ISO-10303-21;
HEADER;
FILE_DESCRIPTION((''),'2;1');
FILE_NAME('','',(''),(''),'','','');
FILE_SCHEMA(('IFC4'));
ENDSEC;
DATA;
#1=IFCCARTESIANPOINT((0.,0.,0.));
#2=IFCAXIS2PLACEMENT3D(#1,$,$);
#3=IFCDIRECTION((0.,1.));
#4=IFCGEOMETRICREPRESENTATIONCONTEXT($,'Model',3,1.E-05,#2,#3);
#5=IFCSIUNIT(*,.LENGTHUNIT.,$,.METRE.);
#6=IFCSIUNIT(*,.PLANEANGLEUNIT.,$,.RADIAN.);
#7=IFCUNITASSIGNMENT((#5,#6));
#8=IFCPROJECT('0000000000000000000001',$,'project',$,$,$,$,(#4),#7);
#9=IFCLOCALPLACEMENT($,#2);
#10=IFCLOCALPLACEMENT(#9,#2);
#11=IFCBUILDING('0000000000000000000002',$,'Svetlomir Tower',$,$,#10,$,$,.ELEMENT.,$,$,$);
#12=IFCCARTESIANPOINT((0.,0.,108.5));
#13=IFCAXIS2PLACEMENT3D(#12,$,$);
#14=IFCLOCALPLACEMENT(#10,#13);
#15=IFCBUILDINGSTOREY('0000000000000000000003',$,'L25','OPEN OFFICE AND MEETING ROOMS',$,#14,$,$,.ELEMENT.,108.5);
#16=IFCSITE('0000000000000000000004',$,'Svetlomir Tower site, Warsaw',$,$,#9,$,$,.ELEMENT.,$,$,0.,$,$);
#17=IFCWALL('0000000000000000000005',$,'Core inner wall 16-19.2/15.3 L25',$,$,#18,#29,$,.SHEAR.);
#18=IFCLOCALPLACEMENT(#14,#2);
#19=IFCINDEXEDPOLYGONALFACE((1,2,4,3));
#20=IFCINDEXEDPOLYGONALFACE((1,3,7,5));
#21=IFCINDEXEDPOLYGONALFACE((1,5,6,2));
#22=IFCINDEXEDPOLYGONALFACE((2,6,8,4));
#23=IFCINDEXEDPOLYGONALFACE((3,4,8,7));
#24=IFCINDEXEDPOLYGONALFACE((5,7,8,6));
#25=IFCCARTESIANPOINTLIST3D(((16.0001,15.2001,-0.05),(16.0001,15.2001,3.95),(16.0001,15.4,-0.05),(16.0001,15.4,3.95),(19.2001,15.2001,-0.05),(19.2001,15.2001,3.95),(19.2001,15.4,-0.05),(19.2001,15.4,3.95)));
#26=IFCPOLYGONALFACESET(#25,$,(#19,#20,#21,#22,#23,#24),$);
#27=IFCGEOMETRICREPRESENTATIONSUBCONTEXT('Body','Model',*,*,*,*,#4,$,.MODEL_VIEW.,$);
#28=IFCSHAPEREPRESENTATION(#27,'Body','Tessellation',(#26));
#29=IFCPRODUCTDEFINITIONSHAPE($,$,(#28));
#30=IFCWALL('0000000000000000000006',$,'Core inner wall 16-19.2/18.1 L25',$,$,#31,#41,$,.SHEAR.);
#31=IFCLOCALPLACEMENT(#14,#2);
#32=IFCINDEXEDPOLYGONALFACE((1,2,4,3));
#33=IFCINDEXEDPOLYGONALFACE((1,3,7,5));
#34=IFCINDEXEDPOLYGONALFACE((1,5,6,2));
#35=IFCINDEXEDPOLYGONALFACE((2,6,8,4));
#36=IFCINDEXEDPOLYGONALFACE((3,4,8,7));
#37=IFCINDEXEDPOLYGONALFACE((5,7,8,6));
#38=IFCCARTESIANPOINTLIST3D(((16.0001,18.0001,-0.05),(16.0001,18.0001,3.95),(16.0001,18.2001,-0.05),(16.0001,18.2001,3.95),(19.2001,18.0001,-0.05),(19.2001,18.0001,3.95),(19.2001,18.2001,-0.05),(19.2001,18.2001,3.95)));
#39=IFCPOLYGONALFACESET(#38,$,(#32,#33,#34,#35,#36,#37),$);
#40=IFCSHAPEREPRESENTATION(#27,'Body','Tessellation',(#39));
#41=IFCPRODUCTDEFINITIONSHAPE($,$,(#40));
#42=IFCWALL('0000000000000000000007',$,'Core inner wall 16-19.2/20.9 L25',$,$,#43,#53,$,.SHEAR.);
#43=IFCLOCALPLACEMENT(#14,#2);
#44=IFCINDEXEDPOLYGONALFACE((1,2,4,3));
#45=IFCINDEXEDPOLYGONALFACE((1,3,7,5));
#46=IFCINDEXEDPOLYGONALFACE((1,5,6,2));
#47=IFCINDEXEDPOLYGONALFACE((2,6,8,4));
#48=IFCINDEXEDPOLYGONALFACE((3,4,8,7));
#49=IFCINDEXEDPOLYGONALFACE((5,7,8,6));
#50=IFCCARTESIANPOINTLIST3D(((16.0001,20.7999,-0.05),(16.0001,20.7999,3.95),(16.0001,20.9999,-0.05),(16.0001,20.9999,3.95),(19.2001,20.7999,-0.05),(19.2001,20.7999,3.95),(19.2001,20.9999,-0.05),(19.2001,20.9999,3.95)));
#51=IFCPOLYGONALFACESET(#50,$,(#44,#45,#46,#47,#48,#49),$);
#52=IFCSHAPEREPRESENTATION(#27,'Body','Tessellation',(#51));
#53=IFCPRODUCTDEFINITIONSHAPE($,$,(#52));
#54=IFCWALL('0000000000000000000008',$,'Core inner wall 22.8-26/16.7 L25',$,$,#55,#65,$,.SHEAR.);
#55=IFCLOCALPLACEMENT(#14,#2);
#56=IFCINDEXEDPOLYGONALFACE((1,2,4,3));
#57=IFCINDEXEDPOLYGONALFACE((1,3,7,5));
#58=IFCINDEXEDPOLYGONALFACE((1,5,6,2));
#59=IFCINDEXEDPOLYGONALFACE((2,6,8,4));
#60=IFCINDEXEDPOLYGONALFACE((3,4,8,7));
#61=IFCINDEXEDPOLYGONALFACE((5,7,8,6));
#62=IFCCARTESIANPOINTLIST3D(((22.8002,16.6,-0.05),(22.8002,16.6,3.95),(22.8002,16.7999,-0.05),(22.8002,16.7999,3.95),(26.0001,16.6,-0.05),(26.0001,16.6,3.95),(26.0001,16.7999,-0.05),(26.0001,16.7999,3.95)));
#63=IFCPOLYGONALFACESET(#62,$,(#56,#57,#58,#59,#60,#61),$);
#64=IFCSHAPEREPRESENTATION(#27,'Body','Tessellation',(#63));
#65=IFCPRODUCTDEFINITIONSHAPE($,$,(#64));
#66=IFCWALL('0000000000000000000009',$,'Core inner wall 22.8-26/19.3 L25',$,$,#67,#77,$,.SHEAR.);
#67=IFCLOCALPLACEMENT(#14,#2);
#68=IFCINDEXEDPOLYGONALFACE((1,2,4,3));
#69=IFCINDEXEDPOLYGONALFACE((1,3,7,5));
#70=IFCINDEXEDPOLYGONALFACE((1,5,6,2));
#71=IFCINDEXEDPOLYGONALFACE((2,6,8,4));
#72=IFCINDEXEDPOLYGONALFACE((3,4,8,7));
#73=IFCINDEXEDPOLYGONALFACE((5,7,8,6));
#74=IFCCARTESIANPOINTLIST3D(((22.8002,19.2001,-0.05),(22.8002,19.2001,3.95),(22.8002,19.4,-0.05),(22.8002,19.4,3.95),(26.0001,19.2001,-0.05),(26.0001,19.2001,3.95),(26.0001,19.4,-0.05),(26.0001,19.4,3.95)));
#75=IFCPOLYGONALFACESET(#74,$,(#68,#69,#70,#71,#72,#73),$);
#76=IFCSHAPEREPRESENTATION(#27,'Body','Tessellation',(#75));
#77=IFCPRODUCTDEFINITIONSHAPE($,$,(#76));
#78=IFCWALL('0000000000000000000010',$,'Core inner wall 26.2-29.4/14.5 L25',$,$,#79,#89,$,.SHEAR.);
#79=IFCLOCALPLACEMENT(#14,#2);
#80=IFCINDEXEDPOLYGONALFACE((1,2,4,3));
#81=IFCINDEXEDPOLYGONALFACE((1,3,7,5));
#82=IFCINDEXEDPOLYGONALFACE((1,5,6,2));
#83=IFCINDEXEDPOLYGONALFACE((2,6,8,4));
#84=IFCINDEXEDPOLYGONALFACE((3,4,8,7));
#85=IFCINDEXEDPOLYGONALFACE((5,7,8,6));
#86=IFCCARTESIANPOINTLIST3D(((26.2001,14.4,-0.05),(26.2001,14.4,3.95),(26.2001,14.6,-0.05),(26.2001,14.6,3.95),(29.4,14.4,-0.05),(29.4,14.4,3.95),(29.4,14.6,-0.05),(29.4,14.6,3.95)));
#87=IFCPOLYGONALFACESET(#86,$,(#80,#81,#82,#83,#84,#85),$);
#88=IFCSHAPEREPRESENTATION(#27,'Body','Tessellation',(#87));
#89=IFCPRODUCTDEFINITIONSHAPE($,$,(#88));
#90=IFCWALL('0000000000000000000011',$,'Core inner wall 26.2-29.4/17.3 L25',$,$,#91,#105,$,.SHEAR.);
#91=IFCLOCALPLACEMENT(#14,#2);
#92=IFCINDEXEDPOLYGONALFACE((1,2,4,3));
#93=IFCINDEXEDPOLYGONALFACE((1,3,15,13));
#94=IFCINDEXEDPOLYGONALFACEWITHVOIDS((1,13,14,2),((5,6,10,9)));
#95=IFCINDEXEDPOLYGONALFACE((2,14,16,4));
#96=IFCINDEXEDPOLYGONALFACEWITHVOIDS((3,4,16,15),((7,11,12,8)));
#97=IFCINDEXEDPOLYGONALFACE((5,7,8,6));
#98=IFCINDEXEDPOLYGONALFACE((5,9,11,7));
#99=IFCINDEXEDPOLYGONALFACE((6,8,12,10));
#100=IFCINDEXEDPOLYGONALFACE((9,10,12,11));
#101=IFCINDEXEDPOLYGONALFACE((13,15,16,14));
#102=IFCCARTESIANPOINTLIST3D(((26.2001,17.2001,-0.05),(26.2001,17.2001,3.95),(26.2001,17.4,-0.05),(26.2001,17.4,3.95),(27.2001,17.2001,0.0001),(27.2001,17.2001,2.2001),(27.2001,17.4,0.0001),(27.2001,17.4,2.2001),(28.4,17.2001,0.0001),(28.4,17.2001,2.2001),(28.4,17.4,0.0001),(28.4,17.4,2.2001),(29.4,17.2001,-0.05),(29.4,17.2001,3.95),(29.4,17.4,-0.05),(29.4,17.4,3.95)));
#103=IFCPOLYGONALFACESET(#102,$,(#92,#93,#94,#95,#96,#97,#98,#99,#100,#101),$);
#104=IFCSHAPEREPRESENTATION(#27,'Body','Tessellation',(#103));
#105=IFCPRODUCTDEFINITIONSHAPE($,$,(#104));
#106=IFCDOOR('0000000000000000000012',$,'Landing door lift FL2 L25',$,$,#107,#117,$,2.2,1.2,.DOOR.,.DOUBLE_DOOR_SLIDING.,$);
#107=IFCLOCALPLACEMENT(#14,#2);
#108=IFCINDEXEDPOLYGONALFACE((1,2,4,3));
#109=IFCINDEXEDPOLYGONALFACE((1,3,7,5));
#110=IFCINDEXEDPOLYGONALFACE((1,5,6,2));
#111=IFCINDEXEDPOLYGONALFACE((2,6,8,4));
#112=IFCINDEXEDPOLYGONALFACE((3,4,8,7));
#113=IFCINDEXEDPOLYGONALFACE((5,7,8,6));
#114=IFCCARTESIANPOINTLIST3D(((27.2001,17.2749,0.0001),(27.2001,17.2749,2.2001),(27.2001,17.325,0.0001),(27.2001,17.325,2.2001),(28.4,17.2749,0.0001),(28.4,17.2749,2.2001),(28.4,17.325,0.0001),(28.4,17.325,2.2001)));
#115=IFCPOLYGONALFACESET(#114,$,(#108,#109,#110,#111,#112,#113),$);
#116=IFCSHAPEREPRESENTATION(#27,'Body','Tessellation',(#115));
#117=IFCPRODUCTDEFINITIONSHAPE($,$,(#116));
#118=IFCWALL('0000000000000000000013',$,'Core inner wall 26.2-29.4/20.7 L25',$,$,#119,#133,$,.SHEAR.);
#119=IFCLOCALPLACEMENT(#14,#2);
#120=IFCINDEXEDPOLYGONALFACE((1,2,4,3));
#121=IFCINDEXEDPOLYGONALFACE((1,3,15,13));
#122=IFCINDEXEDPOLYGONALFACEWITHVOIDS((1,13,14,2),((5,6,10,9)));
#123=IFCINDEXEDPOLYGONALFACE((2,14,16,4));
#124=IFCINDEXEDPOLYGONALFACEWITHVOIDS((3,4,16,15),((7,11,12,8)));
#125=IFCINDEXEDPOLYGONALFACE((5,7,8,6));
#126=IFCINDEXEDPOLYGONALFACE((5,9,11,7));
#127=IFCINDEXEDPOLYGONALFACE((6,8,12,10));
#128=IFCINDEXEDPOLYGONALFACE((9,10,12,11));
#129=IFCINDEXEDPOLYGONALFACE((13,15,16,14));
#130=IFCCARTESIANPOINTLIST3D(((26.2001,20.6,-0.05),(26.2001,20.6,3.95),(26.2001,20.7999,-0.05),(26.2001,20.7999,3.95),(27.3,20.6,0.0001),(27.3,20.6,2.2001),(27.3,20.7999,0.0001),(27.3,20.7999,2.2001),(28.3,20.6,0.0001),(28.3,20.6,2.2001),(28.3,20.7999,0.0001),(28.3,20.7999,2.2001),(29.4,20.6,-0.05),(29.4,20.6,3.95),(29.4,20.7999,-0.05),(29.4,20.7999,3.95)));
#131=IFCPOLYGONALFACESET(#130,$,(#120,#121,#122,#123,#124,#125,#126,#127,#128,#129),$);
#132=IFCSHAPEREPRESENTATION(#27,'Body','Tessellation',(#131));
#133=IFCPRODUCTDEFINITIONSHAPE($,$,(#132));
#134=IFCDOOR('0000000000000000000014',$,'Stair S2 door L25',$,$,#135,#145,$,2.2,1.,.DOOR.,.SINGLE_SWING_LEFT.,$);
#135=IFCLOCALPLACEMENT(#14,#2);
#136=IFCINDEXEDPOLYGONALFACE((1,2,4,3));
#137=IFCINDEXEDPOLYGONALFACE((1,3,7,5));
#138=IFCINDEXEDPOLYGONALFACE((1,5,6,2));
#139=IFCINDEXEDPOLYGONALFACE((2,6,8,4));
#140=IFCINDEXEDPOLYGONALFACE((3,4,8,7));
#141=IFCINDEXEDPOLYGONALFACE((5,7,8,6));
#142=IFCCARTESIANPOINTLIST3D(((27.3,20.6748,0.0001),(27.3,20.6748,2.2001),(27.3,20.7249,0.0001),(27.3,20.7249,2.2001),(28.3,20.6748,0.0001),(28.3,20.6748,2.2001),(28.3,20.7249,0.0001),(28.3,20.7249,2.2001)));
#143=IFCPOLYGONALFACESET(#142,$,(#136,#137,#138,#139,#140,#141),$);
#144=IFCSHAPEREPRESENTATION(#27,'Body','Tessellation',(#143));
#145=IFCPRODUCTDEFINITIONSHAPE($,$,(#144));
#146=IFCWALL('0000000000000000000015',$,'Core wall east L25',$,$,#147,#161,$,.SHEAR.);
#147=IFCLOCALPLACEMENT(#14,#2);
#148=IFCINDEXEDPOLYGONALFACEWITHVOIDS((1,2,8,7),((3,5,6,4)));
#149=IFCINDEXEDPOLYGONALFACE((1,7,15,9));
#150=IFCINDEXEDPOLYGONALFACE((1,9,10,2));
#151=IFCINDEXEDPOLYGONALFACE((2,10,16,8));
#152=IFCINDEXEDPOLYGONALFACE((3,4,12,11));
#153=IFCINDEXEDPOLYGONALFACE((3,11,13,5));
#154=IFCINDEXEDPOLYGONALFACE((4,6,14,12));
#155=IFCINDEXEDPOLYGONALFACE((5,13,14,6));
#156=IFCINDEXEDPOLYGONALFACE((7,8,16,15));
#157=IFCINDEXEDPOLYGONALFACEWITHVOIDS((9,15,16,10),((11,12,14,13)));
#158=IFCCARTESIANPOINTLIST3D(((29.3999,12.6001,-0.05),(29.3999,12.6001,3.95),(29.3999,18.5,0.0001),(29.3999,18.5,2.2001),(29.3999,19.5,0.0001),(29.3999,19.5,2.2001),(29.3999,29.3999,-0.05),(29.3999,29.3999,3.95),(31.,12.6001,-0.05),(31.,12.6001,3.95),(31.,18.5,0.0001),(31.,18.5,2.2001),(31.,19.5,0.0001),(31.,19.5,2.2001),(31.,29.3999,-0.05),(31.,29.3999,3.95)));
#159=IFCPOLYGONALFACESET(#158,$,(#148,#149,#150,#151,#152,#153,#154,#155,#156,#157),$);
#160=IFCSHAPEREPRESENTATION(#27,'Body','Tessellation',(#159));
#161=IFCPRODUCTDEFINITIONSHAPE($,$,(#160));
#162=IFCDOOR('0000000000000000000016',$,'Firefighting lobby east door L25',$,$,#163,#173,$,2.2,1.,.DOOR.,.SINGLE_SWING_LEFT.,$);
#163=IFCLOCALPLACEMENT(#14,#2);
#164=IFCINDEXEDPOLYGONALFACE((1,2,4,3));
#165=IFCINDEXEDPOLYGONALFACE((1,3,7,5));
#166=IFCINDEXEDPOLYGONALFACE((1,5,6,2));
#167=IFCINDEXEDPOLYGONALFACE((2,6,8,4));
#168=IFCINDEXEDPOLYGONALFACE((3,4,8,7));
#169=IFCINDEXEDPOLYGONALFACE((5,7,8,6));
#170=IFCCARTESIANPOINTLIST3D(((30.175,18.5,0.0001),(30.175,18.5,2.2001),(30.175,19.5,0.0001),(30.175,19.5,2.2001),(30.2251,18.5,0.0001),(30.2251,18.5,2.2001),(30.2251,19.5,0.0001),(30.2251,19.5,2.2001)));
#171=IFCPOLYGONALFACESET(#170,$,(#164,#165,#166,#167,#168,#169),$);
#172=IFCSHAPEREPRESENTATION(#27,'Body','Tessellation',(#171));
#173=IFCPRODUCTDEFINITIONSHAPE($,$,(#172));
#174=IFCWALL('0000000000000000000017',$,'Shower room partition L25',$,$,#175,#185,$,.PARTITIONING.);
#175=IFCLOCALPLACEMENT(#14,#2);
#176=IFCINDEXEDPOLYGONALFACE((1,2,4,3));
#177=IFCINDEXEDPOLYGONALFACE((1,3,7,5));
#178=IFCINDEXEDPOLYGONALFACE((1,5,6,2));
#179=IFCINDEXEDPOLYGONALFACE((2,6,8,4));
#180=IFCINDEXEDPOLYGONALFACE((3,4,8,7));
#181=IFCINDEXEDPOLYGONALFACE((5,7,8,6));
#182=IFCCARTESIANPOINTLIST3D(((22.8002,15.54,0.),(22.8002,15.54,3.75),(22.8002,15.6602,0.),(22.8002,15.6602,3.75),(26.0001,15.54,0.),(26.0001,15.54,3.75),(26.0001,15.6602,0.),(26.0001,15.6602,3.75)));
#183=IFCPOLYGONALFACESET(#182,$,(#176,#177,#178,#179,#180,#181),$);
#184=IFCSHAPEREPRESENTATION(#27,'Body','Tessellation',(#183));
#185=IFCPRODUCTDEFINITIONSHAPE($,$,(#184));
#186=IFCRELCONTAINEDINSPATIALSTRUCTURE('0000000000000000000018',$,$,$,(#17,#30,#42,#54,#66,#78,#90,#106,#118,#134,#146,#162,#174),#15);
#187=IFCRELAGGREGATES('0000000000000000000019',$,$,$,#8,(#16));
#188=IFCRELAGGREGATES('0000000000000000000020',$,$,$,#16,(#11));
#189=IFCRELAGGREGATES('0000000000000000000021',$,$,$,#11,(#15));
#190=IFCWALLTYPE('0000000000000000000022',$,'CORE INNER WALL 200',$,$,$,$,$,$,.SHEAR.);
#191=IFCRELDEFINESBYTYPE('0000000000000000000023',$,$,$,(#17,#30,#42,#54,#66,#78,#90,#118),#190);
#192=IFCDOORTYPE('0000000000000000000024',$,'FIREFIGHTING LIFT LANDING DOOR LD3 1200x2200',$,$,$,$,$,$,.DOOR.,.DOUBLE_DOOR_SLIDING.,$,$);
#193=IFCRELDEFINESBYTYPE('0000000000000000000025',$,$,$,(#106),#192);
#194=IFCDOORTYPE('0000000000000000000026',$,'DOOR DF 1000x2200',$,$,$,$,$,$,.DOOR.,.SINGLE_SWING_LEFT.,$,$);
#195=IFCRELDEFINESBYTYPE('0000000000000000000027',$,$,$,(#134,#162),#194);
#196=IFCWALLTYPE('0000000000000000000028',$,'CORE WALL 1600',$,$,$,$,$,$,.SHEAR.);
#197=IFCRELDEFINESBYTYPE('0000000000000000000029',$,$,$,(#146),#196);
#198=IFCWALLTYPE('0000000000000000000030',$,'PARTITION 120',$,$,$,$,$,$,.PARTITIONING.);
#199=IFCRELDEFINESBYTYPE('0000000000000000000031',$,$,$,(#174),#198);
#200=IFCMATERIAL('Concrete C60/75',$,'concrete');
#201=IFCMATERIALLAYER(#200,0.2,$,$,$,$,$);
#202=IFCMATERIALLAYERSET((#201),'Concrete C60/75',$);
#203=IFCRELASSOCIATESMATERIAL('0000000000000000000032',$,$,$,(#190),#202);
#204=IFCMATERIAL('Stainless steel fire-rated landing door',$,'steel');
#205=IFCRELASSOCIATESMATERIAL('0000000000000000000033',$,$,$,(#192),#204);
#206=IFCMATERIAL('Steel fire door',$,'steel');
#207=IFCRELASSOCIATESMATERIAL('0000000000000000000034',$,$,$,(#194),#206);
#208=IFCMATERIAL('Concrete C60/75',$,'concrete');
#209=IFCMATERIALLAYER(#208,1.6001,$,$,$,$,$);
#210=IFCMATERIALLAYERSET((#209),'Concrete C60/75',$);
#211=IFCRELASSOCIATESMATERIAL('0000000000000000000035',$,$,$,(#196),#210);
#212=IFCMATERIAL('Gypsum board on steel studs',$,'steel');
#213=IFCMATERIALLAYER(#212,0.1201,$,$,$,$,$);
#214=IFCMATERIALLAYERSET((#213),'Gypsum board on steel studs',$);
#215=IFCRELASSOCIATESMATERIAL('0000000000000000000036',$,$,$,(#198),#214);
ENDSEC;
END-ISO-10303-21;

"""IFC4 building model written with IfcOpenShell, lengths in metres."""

from ifc_helpers import new_model, si_unit, direction, frame, frame_2d, origin, place, context, subcontext, project, spatial, rectangle, extrude, material, layer, layer_set, type_object, element, fill, save


model = new_model("IFC4")

# Units and contexts
model_context = context("Model", 3, precision=1e-05, world=origin(), true_north=direction((0.0, 1.0)))
body_context = subcontext(model_context, "Body", "Model", "MODEL_VIEW")
ifc_project = project(units=[si_unit("LENGTHUNIT", "METRE"), si_unit("PLANEANGLEUNIT", "RADIAN")], contexts=[model_context])

# Site, building, storey
site_placement = place(None, origin())
site = spatial("IfcSite", under=ifc_project, at=site_placement, Name="Svetlomir Tower site, Warsaw", CompositionType="ELEMENT", RefElevation=0.0)
building_placement = place(site_placement, origin())
building = spatial("IfcBuilding", under=site, at=building_placement, Name="Svetlomir Tower", CompositionType="ELEMENT")
storey_placement = place(building_placement, frame((0.0, 0.0, 108.5)))
storey = spatial("IfcBuildingStorey", under=building, at=storey_placement, Name="L25", Description="OPEN OFFICE AND MEETING ROOMS", CompositionType="ELEMENT", Elevation=108.5)

# Walls
ifc_material_1 = material(Name="Concrete C60/75", Category="concrete")
ifc_layer_1 = layer(ifc_material_1, 0.2)
ifc_layer_set_1 = layer_set([ifc_layer_1], Name="Concrete C60/75")
wall_type_1 = type_object("IfcWallType", Name="CORE INNER WALL 200", PredefinedType="SHEAR", material=ifc_layer_set_1)
for number, where, z_axis, x_axis, name in (
    (1, (16.0, 15.3, -0.05), (0.0, 0.0, 1.0), (1.0, 0.0, 0.0), "Core inner wall 16-19.2/15.3 L25"),
    (2, (16.0, 18.1001, -0.05), (0.0, 0.0, 1.0), (1.0, 0.0, 0.0), "Core inner wall 16-19.2/18.1 L25"),
    (3, (16.0, 20.8999, -0.05), (0.0, 0.0, 1.0), (1.0, 0.0, 0.0), "Core inner wall 16-19.2/20.9 L25"),
    (4, (22.8, 16.7, -0.05), (0.0, 0.0, 1.0), (1.0, 0.0, 0.0), "Core inner wall 22.8-26/16.7 L25"),
    (5, (22.8, 19.3, -0.05), (0.0, 0.0, 1.0), (1.0, 0.0, 0.0), "Core inner wall 22.8-26/19.3 L25"),
    (6, (26.2, 14.5, -0.05), (0.0, 0.0, 1.0), (1.0, 0.0, 0.0), "Core inner wall 26.2-29.4/14.5 L25"),
):
    element("IfcWall", number, at=place(storey_placement, frame(where, z_axis=z_axis, x_axis=x_axis)), inside=storey, type_object=wall_type_1, Name=name, PredefinedType="SHEAR", context=body_context, shape_type="SweptSolid", body=[
        extrude(rectangle(XDim=3.2, YDim=0.2, at=frame_2d((1.6001, 0.0))), origin(), (0.0, 0.0, 1.0), 4.0),
    ])

# Walls, openings, doors
wall_1_placement = place(storey_placement, frame((26.2, 17.3, -0.05), z_axis=(0.0, 0.0, 1.0), x_axis=(1.0, 0.0, 0.0)))
wall_1 = element("IfcWall", 7, at=wall_1_placement, inside=storey, type_object=wall_type_1, Name="Core inner wall 26.2-29.4/17.3 L25", PredefinedType="SHEAR", context=body_context, shape_type="SweptSolid", body=[
    extrude(rectangle(XDim=3.2, YDim=0.2, at=frame_2d((1.6001, 0.0))), origin(), (0.0, 0.0, 1.0), 4.0),
])
opening_1_placement = place(wall_1_placement, frame((1.0, 0.0, 0.05)))
opening_1 = element("IfcOpeningElement", 8, at=opening_1_placement, cuts=wall_1, PredefinedType="OPENING", context=body_context, shape_type="SweptSolid", body=[
    extrude(rectangle(XDim=1.2, YDim=2.2, at=frame_2d((0.6001, 1.1001))), frame((0.0, 0.1099, 0.0), z_axis=(0.0, -1.0, 0.0), x_axis=(1.0, 0.0, 0.0)), (0.0, 0.0, 1.0), 0.22),
])
ifc_material_2 = material(Name="Stainless steel fire-rated landing door", Category="steel")
door_type_1 = type_object("IfcDoorType", Name="FIREFIGHTING LIFT LANDING DOOR LD3 1200x2200", OperationType="DOUBLE_DOOR_SLIDING", PredefinedType="DOOR", material=ifc_material_2)
door_1_placement = place(opening_1_placement, origin())
door_1 = element("IfcDoor", 9, at=door_1_placement, inside=storey, type_object=door_type_1, Name="Landing door lift FL2 L25", OperationType="DOUBLE_DOOR_SLIDING", OverallHeight=2.2, OverallWidth=1.2, PredefinedType="DOOR", context=body_context, shape_type="SweptSolid", body=[
    extrude(rectangle(XDim=1.2, YDim=2.2, at=frame_2d((0.6001, 1.1001))), frame((0.0, 0.0249, 0.0), z_axis=(0.0, -1.0, 0.0), x_axis=(1.0, 0.0, 0.0)), (0.0, 0.0, 1.0), 0.05),
])
fill(opening_1, door_1)
wall_2_placement = place(storey_placement, frame((26.2, 20.7, -0.05), z_axis=(0.0, 0.0, 1.0), x_axis=(1.0, 0.0, 0.0)))
wall_2 = element("IfcWall", 10, at=wall_2_placement, inside=storey, type_object=wall_type_1, Name="Core inner wall 26.2-29.4/20.7 L25", PredefinedType="SHEAR", context=body_context, shape_type="SweptSolid", body=[
    extrude(rectangle(XDim=3.2, YDim=0.2, at=frame_2d((1.6001, 0.0))), origin(), (0.0, 0.0, 1.0), 4.0),
])
opening_2_placement = place(wall_2_placement, frame((1.1001, 0.0, 0.05)))
opening_2 = element("IfcOpeningElement", 11, at=opening_2_placement, cuts=wall_2, PredefinedType="OPENING", context=body_context, shape_type="SweptSolid", body=[
    extrude(rectangle(XDim=1.0, YDim=2.2, at=frame_2d((0.5, 1.1001))), frame((0.0, 0.1099, 0.0), z_axis=(0.0, -1.0, 0.0), x_axis=(1.0, 0.0, 0.0)), (0.0, 0.0, 1.0), 0.22),
])
ifc_material_3 = material(Name="Steel fire door", Category="steel")
door_type_2 = type_object("IfcDoorType", Name="DOOR DF 1000x2200", OperationType="SINGLE_SWING_LEFT", PredefinedType="DOOR", material=ifc_material_3)
door_2_placement = place(opening_2_placement, origin())
door_2 = element("IfcDoor", 12, at=door_2_placement, inside=storey, type_object=door_type_2, Name="Stair S2 door L25", OperationType="SINGLE_SWING_LEFT", OverallHeight=2.2, OverallWidth=1.0, PredefinedType="DOOR", context=body_context, shape_type="SweptSolid", body=[
    extrude(rectangle(XDim=1.0, YDim=2.2, at=frame_2d((0.5, 1.1001))), frame((0.0, 0.0249, 0.0), z_axis=(0.0, -1.0, 0.0), x_axis=(1.0, 0.0, 0.0)), (0.0, 0.0, 1.0), 0.05),
])
fill(opening_2, door_2)
ifc_material_4 = material(Name="Concrete C60/75", Category="concrete")
ifc_layer_2 = layer(ifc_material_4, 1.6001)
ifc_layer_set_2 = layer_set([ifc_layer_2], Name="Concrete C60/75")
wall_type_2 = type_object("IfcWallType", Name="CORE WALL 1600", PredefinedType="SHEAR", material=ifc_layer_set_2)
wall_3_placement = place(storey_placement, frame((30.2, 12.6001, -0.05), z_axis=(0.0, 0.0, 1.0), x_axis=(0.0, 1.0, 0.0)))
wall_3 = element("IfcWall", 13, at=wall_3_placement, inside=storey, type_object=wall_type_2, Name="Core wall east L25", PredefinedType="SHEAR", context=body_context, shape_type="SweptSolid", body=[
    extrude(rectangle(XDim=16.7998, YDim=1.6001, at=frame_2d((8.3999, 0.0))), origin(), (0.0, 0.0, 1.0), 4.0),
])
opening_3_placement = place(wall_3_placement, frame((5.8999, 0.0, 0.05)))
opening_3 = element("IfcOpeningElement", 14, at=opening_3_placement, cuts=wall_3, PredefinedType="OPENING", context=body_context, shape_type="SweptSolid", body=[
    extrude(rectangle(XDim=1.0, YDim=2.2, at=frame_2d((0.5, 1.1001))), frame((0.0, 0.8101, 0.0), z_axis=(0.0, -1.0, 0.0), x_axis=(1.0, 0.0, 0.0)), (0.0, 0.0, 1.0), 1.6201),
])
door_3_placement = place(opening_3_placement, origin())
door_3 = element("IfcDoor", 15, at=door_3_placement, inside=storey, type_object=door_type_2, Name="Firefighting lobby east door L25", OperationType="SINGLE_SWING_LEFT", OverallHeight=2.2, OverallWidth=1.0, PredefinedType="DOOR", context=body_context, shape_type="SweptSolid", body=[
    extrude(rectangle(XDim=1.0, YDim=2.2, at=frame_2d((0.5, 1.1001))), frame((0.0, 0.0249, 0.0), z_axis=(0.0, -1.0, 0.0), x_axis=(1.0, 0.0, 0.0)), (0.0, 0.0, 1.0), 0.05),
])
fill(opening_3, door_3)

# Wall
ifc_material_5 = material(Name="Gypsum board on steel studs", Category="steel")
ifc_layer_3 = layer(ifc_material_5, 0.1201)
ifc_layer_set_3 = layer_set([ifc_layer_3], Name="Gypsum board on steel studs")
wall_type_3 = type_object("IfcWallType", Name="PARTITION 120", PredefinedType="PARTITIONING", material=ifc_layer_set_3)
wall_4_placement = place(storey_placement, frame((22.8, 15.6001, 0.0), z_axis=(0.0, 0.0, 1.0), x_axis=(1.0, 0.0, 0.0)))
element("IfcWall", 16, at=wall_4_placement, inside=storey, type_object=wall_type_3, Name="Shower room partition L25", PredefinedType="PARTITIONING", context=body_context, shape_type="SweptSolid", body=[
    extrude(rectangle(XDim=3.2, YDim=0.1201, at=frame_2d((1.6001, 0.0))), origin(), (0.0, 0.0, 1.0), 3.75),
])

save(model, "model.ifc")
